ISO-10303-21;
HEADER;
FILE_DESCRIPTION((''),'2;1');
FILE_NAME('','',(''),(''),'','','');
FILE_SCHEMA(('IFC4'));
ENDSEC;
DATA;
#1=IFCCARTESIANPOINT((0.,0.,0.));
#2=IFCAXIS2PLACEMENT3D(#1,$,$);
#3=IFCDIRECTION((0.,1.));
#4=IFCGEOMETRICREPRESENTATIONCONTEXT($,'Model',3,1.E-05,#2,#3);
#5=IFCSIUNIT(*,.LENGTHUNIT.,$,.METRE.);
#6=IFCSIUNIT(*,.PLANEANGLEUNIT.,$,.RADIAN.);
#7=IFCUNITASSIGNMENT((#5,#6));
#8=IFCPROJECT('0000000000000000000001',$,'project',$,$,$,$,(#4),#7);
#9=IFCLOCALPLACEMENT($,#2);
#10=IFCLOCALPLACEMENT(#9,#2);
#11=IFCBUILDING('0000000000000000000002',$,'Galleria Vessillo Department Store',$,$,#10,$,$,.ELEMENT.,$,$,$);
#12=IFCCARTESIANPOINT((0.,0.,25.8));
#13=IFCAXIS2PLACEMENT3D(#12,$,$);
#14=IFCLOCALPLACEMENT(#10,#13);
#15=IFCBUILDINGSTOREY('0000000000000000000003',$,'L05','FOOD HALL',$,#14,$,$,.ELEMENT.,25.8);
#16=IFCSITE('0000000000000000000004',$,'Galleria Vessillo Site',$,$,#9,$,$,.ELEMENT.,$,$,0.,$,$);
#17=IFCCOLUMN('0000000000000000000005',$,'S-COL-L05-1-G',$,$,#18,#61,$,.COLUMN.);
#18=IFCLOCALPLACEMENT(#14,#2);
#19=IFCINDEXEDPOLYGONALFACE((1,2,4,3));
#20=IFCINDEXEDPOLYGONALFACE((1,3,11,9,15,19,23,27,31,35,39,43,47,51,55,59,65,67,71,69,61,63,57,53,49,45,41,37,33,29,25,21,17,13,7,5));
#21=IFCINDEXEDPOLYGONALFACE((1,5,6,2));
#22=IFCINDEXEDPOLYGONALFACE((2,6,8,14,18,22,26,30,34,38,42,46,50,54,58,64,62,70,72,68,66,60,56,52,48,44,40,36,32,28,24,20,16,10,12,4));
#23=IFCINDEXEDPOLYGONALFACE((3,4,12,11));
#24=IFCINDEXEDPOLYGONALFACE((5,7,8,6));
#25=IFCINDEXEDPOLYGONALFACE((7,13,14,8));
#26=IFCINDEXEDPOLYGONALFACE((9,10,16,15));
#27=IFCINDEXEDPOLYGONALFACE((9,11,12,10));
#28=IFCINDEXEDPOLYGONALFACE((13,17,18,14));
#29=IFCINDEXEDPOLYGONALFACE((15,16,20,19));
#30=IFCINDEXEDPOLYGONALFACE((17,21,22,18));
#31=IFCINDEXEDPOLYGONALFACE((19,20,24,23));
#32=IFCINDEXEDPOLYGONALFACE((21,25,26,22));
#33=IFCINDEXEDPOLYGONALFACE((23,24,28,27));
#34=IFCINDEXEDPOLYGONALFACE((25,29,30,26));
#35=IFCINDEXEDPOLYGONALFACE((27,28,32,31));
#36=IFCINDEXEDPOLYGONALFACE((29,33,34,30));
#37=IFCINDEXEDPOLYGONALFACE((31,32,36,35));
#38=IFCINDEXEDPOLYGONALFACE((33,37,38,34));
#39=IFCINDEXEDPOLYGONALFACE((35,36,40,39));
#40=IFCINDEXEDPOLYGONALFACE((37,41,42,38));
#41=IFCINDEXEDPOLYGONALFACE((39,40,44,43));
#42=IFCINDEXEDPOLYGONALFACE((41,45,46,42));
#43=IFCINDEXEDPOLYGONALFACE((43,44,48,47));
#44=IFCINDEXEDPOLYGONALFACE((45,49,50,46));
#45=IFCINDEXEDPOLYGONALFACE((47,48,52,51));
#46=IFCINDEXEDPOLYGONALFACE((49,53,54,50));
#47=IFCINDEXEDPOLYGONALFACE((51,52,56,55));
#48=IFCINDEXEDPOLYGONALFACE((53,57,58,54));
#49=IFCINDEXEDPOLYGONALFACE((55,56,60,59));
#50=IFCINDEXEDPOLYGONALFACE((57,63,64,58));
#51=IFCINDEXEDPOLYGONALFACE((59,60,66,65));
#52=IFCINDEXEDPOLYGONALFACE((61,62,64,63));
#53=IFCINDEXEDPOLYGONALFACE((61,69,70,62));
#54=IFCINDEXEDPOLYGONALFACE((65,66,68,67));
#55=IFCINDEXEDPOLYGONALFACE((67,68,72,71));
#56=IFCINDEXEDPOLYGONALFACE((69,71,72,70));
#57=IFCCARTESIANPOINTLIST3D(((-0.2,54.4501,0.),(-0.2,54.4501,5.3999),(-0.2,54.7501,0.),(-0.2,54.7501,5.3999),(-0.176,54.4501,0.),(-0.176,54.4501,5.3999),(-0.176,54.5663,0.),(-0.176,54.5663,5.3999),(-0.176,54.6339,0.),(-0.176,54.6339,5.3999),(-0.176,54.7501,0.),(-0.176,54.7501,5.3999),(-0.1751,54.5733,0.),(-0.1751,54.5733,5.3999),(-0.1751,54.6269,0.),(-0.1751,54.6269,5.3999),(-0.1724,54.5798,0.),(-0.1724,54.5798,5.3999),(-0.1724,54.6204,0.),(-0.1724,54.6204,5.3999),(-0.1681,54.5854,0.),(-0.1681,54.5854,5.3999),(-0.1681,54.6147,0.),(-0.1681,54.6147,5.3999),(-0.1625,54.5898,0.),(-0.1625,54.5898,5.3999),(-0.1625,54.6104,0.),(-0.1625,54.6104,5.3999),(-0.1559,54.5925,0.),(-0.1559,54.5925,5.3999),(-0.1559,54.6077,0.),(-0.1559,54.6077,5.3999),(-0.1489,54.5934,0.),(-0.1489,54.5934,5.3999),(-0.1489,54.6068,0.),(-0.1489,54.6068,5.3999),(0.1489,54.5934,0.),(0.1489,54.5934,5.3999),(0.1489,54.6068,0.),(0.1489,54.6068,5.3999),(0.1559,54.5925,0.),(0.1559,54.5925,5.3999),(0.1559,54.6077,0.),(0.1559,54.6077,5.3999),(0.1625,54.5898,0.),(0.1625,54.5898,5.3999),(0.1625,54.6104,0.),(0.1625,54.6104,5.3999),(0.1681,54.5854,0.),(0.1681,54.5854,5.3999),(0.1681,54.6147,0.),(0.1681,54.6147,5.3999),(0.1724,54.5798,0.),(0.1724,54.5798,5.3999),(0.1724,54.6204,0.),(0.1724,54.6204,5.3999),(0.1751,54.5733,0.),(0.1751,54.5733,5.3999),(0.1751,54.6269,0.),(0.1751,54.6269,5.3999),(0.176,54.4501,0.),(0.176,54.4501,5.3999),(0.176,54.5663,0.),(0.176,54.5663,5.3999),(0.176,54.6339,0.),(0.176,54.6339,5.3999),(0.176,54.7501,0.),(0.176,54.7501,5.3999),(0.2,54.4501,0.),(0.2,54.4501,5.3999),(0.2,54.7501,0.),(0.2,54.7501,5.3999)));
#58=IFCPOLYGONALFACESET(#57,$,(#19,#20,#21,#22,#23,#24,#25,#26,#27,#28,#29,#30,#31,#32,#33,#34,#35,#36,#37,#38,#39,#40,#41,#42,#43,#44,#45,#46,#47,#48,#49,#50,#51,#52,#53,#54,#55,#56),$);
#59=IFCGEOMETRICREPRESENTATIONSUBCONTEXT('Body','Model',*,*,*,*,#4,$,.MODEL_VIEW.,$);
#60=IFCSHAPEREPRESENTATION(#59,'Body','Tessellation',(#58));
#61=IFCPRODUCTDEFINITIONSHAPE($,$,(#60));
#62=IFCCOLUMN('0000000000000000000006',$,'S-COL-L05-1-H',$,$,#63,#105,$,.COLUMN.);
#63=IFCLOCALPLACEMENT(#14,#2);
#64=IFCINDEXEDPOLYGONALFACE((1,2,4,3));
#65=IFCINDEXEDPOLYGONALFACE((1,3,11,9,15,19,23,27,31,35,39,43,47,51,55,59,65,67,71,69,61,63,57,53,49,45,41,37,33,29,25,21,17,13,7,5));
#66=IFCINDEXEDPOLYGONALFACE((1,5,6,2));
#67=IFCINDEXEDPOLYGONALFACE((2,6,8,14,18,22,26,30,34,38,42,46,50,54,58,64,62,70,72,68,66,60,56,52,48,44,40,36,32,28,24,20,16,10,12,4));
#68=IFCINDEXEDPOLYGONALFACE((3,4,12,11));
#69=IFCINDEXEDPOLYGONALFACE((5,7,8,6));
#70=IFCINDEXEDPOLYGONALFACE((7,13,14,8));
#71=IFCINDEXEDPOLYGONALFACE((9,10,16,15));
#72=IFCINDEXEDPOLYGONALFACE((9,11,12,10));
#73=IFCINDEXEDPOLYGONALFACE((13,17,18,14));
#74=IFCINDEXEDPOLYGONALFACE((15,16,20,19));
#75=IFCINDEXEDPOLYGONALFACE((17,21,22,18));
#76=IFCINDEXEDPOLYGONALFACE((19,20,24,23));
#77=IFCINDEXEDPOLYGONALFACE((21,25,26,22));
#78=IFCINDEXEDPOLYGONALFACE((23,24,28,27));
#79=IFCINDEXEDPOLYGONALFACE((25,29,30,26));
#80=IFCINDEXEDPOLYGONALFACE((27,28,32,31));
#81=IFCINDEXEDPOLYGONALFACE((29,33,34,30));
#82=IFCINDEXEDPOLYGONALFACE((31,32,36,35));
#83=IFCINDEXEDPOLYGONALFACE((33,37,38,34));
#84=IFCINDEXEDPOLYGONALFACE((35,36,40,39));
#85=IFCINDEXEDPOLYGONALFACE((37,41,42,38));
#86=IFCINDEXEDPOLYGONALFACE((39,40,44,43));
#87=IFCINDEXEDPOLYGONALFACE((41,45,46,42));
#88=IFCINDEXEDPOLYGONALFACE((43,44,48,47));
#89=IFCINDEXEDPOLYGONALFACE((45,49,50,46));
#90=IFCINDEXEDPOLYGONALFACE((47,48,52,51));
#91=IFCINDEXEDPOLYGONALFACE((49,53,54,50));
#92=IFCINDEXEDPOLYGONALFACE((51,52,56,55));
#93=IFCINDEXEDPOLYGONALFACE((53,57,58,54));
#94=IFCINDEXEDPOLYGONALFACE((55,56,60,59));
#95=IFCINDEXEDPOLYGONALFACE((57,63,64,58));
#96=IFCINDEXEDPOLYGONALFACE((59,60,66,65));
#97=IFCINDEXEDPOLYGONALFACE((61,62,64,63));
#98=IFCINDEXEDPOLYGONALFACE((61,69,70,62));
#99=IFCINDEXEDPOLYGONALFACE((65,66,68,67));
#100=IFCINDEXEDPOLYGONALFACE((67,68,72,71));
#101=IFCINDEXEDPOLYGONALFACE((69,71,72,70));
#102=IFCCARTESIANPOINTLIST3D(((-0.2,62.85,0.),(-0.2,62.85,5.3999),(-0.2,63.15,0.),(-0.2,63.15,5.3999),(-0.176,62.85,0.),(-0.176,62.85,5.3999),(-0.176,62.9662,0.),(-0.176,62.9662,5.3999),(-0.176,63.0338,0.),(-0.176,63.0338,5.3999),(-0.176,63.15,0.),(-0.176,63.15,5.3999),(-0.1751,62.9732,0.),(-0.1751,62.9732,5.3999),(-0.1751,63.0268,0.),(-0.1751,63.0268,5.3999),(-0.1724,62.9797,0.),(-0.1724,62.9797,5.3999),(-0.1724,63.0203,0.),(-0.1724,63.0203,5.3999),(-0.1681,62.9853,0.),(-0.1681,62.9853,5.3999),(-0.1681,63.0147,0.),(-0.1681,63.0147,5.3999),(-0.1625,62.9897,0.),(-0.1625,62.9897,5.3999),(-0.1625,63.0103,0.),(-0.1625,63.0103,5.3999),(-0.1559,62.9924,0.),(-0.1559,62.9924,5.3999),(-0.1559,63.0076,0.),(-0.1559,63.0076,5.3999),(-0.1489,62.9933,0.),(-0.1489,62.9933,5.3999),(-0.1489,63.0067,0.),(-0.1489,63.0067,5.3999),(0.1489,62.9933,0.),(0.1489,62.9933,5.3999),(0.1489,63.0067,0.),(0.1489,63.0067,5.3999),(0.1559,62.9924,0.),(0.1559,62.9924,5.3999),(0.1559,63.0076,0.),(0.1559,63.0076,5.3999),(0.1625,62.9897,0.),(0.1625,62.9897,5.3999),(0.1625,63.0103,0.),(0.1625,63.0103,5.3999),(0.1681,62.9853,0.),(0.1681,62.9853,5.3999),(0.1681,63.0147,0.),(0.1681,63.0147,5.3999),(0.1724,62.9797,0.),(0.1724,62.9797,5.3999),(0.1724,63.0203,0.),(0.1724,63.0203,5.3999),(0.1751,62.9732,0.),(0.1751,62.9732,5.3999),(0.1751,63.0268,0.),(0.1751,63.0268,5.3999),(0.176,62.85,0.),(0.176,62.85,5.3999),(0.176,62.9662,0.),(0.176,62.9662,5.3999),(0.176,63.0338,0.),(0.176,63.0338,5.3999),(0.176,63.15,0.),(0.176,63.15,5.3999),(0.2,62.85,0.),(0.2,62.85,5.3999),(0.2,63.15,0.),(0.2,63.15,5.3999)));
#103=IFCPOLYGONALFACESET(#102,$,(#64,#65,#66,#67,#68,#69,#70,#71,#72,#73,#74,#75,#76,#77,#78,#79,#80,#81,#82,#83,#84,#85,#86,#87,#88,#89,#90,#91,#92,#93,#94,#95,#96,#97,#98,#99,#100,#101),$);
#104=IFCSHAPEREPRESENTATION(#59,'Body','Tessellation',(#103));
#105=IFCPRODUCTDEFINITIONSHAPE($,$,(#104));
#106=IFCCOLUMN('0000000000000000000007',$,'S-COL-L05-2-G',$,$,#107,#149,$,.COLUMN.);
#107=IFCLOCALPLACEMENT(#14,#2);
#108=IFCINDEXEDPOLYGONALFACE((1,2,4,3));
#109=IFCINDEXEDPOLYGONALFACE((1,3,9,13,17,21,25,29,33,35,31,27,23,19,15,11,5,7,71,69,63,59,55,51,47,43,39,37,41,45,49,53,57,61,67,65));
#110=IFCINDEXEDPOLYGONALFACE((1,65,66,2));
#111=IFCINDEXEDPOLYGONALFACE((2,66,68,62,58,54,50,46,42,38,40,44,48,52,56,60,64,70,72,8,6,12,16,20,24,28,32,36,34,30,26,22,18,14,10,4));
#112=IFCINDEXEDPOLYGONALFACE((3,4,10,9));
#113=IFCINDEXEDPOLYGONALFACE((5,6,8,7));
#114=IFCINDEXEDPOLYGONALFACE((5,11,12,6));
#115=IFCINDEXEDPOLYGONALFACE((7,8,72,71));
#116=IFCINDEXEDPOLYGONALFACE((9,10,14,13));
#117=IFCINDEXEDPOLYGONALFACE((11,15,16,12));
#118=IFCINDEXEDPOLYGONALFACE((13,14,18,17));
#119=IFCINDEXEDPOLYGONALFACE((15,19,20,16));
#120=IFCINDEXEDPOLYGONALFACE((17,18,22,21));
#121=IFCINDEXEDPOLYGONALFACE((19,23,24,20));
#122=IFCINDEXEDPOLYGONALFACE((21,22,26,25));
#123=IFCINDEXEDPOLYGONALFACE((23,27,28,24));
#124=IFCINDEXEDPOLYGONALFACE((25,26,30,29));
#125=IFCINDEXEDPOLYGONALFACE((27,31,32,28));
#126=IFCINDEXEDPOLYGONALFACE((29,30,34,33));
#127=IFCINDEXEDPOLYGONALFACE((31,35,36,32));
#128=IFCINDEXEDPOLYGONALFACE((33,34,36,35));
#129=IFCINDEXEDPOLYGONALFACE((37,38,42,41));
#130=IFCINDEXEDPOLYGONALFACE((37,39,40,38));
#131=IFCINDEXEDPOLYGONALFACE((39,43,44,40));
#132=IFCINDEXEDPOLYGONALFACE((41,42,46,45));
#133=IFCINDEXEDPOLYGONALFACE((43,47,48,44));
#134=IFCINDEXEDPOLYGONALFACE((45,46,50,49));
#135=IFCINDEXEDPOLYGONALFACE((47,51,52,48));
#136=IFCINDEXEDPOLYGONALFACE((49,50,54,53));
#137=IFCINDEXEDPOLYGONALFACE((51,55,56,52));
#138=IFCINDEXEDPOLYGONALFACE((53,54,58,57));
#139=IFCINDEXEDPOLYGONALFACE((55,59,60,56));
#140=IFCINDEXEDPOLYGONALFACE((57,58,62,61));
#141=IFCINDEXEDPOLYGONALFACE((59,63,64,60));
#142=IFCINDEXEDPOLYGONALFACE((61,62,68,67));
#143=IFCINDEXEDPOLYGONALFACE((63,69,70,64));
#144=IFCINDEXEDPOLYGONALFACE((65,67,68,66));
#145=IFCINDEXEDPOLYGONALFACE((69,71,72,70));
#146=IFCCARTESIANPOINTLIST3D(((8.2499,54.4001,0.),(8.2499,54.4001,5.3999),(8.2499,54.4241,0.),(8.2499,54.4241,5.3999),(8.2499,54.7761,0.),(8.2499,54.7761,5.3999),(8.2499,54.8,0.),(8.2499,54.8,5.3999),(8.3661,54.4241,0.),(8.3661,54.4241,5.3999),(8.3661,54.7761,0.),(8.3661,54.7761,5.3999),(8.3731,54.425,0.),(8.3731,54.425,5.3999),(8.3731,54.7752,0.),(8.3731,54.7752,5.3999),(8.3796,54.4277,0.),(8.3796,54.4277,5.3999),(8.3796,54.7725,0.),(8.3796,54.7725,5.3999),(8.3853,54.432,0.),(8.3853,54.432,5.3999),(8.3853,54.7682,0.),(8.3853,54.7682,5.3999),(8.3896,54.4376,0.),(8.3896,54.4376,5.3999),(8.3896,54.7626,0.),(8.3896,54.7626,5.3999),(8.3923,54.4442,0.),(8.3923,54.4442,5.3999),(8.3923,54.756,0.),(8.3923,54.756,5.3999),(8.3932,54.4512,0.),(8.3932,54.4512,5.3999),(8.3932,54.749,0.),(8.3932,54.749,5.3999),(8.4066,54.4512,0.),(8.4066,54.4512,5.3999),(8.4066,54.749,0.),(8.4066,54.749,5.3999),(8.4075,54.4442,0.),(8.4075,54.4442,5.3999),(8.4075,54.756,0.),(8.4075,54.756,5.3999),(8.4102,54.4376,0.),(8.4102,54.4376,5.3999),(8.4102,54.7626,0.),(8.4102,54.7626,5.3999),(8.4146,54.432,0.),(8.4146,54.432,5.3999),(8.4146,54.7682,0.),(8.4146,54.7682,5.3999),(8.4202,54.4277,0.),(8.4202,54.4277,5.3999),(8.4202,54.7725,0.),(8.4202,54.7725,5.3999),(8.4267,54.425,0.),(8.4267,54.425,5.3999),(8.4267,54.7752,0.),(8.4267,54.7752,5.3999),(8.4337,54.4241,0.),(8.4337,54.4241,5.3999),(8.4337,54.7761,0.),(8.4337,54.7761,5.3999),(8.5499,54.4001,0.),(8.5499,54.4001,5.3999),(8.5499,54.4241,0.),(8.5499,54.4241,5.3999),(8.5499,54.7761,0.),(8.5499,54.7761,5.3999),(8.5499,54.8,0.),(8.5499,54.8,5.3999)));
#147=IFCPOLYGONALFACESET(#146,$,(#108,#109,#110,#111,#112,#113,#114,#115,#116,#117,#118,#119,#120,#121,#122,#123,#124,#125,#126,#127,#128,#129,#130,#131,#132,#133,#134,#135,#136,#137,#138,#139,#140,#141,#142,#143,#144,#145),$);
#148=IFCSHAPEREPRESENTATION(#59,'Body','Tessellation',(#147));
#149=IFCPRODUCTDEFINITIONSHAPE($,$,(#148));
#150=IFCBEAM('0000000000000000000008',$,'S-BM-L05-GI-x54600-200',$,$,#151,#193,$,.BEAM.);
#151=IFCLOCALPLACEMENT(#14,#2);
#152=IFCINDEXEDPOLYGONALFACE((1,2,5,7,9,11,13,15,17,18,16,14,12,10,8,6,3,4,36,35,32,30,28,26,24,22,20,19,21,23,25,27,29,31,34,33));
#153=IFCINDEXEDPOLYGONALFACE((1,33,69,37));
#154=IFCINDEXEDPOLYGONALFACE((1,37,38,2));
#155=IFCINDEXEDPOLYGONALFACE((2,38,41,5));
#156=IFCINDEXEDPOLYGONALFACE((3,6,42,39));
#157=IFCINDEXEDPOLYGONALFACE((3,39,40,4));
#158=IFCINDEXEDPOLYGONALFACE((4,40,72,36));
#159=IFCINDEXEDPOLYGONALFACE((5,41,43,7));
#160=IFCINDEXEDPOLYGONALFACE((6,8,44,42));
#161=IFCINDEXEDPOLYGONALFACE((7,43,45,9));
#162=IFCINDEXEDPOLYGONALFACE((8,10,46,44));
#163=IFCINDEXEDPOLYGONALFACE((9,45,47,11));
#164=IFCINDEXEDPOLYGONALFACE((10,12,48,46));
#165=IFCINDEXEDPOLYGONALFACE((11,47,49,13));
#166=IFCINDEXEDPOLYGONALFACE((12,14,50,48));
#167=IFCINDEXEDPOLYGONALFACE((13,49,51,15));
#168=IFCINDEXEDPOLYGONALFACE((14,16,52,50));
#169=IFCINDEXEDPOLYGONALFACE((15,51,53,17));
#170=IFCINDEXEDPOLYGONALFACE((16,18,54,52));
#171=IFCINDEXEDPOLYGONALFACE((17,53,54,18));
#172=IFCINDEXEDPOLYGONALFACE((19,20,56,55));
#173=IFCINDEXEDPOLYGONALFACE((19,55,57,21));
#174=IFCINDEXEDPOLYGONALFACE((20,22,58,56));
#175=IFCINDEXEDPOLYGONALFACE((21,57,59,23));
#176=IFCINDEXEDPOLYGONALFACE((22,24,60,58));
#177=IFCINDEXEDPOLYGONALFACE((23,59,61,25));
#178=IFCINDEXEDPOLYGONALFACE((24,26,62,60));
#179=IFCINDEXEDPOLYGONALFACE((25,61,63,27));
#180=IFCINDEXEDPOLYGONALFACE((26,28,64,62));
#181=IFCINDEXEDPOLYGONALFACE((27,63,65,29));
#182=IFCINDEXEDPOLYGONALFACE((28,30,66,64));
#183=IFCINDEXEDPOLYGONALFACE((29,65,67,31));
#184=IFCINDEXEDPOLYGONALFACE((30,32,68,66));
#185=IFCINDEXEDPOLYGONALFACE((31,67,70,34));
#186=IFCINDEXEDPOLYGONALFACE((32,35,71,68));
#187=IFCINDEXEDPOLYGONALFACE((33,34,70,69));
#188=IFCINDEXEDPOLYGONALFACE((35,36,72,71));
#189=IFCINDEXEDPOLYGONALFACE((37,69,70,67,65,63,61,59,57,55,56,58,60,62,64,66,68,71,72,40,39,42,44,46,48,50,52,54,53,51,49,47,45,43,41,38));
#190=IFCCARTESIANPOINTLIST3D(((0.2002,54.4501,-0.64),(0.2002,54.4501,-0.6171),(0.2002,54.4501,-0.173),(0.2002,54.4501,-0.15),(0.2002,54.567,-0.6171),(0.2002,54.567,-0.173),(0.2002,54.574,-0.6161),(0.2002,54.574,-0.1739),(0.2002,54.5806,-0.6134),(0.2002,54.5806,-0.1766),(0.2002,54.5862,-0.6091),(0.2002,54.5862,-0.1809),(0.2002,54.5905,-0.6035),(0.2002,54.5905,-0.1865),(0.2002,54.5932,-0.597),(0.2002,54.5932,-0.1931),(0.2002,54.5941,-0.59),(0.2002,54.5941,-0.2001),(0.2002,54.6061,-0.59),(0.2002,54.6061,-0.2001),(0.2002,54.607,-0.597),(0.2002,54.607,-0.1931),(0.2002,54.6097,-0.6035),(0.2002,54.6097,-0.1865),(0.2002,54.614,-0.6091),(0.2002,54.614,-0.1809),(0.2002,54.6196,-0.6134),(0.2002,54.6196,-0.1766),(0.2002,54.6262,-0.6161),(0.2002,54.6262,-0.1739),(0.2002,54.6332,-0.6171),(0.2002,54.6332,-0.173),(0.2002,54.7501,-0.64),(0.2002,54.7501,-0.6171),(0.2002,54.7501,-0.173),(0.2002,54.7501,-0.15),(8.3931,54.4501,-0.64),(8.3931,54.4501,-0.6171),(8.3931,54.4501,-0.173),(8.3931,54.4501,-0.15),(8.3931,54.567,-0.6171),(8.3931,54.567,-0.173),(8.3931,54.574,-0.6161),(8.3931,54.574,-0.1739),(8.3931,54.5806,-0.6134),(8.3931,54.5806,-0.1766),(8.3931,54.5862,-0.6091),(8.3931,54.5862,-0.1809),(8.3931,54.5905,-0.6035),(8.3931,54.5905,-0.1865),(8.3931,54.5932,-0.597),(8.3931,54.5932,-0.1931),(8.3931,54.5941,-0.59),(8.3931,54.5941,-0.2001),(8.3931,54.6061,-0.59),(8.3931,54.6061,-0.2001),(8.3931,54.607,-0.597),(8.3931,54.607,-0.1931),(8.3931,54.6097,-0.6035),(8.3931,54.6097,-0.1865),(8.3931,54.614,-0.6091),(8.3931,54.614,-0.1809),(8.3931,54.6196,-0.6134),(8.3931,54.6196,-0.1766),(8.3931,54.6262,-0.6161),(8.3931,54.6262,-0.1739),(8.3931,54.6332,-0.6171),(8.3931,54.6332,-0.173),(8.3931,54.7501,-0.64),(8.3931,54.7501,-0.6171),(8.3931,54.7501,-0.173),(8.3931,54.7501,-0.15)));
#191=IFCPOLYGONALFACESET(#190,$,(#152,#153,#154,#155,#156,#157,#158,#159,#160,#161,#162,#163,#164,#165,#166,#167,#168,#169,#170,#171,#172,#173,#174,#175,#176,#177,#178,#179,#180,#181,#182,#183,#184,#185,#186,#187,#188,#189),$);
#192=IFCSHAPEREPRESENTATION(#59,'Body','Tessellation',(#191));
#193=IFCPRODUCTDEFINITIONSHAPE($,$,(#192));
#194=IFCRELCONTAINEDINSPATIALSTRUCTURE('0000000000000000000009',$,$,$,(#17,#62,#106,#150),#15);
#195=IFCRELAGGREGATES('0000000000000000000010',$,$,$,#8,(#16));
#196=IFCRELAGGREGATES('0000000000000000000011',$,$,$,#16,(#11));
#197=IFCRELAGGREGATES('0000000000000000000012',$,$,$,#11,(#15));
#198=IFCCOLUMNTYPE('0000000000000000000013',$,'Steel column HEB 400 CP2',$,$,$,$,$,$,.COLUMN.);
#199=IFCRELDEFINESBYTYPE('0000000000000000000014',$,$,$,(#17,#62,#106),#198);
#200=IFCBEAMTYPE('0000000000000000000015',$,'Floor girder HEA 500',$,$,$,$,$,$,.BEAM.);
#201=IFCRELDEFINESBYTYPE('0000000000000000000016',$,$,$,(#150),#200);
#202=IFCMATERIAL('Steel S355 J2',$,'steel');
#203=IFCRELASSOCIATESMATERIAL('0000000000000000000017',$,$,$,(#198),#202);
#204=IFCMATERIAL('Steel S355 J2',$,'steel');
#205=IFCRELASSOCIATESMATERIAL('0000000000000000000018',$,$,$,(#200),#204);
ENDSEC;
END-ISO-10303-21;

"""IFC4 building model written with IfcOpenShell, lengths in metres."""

from ifc_helpers import new_model, si_unit, direction, frame, origin, origin_2d, place, context, subcontext, project, spatial, i_section, extrude, material, material_profile, profile_set, type_object, element, save


model = new_model("IFC4")

# Units and contexts
model_context = context("Model", 3, precision=1e-05, world=origin(), true_north=direction((0.0, 1.0)))
body_context = subcontext(model_context, "Body", "Model", "MODEL_VIEW")
ifc_project = project(units=[si_unit("LENGTHUNIT", "METRE"), si_unit("PLANEANGLEUNIT", "RADIAN")], contexts=[model_context])

# Site, building, storey
site_placement = place(None, origin())
site = spatial("IfcSite", under=ifc_project, at=site_placement, Name="Galleria Vessillo Site", CompositionType="ELEMENT", RefElevation=0.0)
building_placement = place(site_placement, origin())
building = spatial("IfcBuilding", under=site, at=building_placement, Name="Galleria Vessillo Department Store", CompositionType="ELEMENT")
storey_placement = place(building_placement, frame((0.0, 0.0, 25.8)))
storey = spatial("IfcBuildingStorey", under=building, at=storey_placement, Name="L05", Description="FOOD HALL", CompositionType="ELEMENT", Elevation=25.8)

# Columns
ifc_material_1 = material(Name="Steel S355 J2", Category="steel")
ifc_material_profile_1 = material_profile(ifc_material_1, i_section(OverallWidth=0.3, OverallDepth=0.3999, WebThickness=0.0134, FlangeThickness=0.0239, FilletRadius=0.0271, at=origin_2d()), Name="HEB 400")
ifc_profile_set_1 = profile_set([ifc_material_profile_1], Name="Steel S355 J2")
column_type = type_object("IfcColumnType", Name="Steel column HEB 400 CP2", PredefinedType="COLUMN", material=ifc_profile_set_1)
for number, where, z_axis, x_axis, name in (
    (1, (0.0, 54.6001, 0.0), (0.0, 0.0, 1.0), (0.0, 1.0, 0.0), "S-COL-L05-1-G"),
    (2, (0.0, 63.0, 0.0), (0.0, 0.0, 1.0), (0.0, 1.0, 0.0), "S-COL-L05-1-H"),
    (3, (8.3999, 54.6001, 0.0), (0.0, 0.0, 1.0), (1.0, 0.0, 0.0), "S-COL-L05-2-G"),
):
    element("IfcColumn", number, at=place(storey_placement, frame(where, z_axis=z_axis, x_axis=x_axis)), inside=storey, type_object=column_type, Name=name, PredefinedType="COLUMN", context=body_context, shape_type="SweptSolid", body=[
        extrude(i_section(OverallWidth=0.3, OverallDepth=0.3999, WebThickness=0.0134, FlangeThickness=0.0239, FilletRadius=0.0271, at=origin_2d()), origin(), (0.0, 0.0, 1.0), 5.3999),
    ])

# Beam
ifc_material_2 = material(Name="Steel S355 J2", Category="steel")
ifc_material_profile_2 = material_profile(ifc_material_2, i_section(OverallWidth=0.3, OverallDepth=0.49, WebThickness=0.012, FlangeThickness=0.0229, FilletRadius=0.0271, at=origin_2d()), Name="HEA 500")
ifc_profile_set_2 = profile_set([ifc_material_profile_2], Name="Steel S355 J2")
beam_type_1 = type_object("IfcBeamType", Name="Floor girder HEA 500", PredefinedType="BEAM", material=ifc_profile_set_2)
beam_placement = place(storey_placement, frame((0.2002, 54.6001, -0.395), z_axis=(1.0, 0.0, 0.0), x_axis=(0.0, 1.0, 0.0)))
element("IfcBeam", 4, at=beam_placement, inside=storey, type_object=beam_type_1, Name="S-BM-L05-GI-x54600-200", PredefinedType="BEAM", context=body_context, shape_type="SweptSolid", body=[
    extrude(i_section(OverallWidth=0.3, OverallDepth=0.49, WebThickness=0.012, FlangeThickness=0.0229, FilletRadius=0.0271, at=origin_2d()), origin(), (0.0, 0.0, 1.0), 8.1929),
])

save(model, "model.ifc")
